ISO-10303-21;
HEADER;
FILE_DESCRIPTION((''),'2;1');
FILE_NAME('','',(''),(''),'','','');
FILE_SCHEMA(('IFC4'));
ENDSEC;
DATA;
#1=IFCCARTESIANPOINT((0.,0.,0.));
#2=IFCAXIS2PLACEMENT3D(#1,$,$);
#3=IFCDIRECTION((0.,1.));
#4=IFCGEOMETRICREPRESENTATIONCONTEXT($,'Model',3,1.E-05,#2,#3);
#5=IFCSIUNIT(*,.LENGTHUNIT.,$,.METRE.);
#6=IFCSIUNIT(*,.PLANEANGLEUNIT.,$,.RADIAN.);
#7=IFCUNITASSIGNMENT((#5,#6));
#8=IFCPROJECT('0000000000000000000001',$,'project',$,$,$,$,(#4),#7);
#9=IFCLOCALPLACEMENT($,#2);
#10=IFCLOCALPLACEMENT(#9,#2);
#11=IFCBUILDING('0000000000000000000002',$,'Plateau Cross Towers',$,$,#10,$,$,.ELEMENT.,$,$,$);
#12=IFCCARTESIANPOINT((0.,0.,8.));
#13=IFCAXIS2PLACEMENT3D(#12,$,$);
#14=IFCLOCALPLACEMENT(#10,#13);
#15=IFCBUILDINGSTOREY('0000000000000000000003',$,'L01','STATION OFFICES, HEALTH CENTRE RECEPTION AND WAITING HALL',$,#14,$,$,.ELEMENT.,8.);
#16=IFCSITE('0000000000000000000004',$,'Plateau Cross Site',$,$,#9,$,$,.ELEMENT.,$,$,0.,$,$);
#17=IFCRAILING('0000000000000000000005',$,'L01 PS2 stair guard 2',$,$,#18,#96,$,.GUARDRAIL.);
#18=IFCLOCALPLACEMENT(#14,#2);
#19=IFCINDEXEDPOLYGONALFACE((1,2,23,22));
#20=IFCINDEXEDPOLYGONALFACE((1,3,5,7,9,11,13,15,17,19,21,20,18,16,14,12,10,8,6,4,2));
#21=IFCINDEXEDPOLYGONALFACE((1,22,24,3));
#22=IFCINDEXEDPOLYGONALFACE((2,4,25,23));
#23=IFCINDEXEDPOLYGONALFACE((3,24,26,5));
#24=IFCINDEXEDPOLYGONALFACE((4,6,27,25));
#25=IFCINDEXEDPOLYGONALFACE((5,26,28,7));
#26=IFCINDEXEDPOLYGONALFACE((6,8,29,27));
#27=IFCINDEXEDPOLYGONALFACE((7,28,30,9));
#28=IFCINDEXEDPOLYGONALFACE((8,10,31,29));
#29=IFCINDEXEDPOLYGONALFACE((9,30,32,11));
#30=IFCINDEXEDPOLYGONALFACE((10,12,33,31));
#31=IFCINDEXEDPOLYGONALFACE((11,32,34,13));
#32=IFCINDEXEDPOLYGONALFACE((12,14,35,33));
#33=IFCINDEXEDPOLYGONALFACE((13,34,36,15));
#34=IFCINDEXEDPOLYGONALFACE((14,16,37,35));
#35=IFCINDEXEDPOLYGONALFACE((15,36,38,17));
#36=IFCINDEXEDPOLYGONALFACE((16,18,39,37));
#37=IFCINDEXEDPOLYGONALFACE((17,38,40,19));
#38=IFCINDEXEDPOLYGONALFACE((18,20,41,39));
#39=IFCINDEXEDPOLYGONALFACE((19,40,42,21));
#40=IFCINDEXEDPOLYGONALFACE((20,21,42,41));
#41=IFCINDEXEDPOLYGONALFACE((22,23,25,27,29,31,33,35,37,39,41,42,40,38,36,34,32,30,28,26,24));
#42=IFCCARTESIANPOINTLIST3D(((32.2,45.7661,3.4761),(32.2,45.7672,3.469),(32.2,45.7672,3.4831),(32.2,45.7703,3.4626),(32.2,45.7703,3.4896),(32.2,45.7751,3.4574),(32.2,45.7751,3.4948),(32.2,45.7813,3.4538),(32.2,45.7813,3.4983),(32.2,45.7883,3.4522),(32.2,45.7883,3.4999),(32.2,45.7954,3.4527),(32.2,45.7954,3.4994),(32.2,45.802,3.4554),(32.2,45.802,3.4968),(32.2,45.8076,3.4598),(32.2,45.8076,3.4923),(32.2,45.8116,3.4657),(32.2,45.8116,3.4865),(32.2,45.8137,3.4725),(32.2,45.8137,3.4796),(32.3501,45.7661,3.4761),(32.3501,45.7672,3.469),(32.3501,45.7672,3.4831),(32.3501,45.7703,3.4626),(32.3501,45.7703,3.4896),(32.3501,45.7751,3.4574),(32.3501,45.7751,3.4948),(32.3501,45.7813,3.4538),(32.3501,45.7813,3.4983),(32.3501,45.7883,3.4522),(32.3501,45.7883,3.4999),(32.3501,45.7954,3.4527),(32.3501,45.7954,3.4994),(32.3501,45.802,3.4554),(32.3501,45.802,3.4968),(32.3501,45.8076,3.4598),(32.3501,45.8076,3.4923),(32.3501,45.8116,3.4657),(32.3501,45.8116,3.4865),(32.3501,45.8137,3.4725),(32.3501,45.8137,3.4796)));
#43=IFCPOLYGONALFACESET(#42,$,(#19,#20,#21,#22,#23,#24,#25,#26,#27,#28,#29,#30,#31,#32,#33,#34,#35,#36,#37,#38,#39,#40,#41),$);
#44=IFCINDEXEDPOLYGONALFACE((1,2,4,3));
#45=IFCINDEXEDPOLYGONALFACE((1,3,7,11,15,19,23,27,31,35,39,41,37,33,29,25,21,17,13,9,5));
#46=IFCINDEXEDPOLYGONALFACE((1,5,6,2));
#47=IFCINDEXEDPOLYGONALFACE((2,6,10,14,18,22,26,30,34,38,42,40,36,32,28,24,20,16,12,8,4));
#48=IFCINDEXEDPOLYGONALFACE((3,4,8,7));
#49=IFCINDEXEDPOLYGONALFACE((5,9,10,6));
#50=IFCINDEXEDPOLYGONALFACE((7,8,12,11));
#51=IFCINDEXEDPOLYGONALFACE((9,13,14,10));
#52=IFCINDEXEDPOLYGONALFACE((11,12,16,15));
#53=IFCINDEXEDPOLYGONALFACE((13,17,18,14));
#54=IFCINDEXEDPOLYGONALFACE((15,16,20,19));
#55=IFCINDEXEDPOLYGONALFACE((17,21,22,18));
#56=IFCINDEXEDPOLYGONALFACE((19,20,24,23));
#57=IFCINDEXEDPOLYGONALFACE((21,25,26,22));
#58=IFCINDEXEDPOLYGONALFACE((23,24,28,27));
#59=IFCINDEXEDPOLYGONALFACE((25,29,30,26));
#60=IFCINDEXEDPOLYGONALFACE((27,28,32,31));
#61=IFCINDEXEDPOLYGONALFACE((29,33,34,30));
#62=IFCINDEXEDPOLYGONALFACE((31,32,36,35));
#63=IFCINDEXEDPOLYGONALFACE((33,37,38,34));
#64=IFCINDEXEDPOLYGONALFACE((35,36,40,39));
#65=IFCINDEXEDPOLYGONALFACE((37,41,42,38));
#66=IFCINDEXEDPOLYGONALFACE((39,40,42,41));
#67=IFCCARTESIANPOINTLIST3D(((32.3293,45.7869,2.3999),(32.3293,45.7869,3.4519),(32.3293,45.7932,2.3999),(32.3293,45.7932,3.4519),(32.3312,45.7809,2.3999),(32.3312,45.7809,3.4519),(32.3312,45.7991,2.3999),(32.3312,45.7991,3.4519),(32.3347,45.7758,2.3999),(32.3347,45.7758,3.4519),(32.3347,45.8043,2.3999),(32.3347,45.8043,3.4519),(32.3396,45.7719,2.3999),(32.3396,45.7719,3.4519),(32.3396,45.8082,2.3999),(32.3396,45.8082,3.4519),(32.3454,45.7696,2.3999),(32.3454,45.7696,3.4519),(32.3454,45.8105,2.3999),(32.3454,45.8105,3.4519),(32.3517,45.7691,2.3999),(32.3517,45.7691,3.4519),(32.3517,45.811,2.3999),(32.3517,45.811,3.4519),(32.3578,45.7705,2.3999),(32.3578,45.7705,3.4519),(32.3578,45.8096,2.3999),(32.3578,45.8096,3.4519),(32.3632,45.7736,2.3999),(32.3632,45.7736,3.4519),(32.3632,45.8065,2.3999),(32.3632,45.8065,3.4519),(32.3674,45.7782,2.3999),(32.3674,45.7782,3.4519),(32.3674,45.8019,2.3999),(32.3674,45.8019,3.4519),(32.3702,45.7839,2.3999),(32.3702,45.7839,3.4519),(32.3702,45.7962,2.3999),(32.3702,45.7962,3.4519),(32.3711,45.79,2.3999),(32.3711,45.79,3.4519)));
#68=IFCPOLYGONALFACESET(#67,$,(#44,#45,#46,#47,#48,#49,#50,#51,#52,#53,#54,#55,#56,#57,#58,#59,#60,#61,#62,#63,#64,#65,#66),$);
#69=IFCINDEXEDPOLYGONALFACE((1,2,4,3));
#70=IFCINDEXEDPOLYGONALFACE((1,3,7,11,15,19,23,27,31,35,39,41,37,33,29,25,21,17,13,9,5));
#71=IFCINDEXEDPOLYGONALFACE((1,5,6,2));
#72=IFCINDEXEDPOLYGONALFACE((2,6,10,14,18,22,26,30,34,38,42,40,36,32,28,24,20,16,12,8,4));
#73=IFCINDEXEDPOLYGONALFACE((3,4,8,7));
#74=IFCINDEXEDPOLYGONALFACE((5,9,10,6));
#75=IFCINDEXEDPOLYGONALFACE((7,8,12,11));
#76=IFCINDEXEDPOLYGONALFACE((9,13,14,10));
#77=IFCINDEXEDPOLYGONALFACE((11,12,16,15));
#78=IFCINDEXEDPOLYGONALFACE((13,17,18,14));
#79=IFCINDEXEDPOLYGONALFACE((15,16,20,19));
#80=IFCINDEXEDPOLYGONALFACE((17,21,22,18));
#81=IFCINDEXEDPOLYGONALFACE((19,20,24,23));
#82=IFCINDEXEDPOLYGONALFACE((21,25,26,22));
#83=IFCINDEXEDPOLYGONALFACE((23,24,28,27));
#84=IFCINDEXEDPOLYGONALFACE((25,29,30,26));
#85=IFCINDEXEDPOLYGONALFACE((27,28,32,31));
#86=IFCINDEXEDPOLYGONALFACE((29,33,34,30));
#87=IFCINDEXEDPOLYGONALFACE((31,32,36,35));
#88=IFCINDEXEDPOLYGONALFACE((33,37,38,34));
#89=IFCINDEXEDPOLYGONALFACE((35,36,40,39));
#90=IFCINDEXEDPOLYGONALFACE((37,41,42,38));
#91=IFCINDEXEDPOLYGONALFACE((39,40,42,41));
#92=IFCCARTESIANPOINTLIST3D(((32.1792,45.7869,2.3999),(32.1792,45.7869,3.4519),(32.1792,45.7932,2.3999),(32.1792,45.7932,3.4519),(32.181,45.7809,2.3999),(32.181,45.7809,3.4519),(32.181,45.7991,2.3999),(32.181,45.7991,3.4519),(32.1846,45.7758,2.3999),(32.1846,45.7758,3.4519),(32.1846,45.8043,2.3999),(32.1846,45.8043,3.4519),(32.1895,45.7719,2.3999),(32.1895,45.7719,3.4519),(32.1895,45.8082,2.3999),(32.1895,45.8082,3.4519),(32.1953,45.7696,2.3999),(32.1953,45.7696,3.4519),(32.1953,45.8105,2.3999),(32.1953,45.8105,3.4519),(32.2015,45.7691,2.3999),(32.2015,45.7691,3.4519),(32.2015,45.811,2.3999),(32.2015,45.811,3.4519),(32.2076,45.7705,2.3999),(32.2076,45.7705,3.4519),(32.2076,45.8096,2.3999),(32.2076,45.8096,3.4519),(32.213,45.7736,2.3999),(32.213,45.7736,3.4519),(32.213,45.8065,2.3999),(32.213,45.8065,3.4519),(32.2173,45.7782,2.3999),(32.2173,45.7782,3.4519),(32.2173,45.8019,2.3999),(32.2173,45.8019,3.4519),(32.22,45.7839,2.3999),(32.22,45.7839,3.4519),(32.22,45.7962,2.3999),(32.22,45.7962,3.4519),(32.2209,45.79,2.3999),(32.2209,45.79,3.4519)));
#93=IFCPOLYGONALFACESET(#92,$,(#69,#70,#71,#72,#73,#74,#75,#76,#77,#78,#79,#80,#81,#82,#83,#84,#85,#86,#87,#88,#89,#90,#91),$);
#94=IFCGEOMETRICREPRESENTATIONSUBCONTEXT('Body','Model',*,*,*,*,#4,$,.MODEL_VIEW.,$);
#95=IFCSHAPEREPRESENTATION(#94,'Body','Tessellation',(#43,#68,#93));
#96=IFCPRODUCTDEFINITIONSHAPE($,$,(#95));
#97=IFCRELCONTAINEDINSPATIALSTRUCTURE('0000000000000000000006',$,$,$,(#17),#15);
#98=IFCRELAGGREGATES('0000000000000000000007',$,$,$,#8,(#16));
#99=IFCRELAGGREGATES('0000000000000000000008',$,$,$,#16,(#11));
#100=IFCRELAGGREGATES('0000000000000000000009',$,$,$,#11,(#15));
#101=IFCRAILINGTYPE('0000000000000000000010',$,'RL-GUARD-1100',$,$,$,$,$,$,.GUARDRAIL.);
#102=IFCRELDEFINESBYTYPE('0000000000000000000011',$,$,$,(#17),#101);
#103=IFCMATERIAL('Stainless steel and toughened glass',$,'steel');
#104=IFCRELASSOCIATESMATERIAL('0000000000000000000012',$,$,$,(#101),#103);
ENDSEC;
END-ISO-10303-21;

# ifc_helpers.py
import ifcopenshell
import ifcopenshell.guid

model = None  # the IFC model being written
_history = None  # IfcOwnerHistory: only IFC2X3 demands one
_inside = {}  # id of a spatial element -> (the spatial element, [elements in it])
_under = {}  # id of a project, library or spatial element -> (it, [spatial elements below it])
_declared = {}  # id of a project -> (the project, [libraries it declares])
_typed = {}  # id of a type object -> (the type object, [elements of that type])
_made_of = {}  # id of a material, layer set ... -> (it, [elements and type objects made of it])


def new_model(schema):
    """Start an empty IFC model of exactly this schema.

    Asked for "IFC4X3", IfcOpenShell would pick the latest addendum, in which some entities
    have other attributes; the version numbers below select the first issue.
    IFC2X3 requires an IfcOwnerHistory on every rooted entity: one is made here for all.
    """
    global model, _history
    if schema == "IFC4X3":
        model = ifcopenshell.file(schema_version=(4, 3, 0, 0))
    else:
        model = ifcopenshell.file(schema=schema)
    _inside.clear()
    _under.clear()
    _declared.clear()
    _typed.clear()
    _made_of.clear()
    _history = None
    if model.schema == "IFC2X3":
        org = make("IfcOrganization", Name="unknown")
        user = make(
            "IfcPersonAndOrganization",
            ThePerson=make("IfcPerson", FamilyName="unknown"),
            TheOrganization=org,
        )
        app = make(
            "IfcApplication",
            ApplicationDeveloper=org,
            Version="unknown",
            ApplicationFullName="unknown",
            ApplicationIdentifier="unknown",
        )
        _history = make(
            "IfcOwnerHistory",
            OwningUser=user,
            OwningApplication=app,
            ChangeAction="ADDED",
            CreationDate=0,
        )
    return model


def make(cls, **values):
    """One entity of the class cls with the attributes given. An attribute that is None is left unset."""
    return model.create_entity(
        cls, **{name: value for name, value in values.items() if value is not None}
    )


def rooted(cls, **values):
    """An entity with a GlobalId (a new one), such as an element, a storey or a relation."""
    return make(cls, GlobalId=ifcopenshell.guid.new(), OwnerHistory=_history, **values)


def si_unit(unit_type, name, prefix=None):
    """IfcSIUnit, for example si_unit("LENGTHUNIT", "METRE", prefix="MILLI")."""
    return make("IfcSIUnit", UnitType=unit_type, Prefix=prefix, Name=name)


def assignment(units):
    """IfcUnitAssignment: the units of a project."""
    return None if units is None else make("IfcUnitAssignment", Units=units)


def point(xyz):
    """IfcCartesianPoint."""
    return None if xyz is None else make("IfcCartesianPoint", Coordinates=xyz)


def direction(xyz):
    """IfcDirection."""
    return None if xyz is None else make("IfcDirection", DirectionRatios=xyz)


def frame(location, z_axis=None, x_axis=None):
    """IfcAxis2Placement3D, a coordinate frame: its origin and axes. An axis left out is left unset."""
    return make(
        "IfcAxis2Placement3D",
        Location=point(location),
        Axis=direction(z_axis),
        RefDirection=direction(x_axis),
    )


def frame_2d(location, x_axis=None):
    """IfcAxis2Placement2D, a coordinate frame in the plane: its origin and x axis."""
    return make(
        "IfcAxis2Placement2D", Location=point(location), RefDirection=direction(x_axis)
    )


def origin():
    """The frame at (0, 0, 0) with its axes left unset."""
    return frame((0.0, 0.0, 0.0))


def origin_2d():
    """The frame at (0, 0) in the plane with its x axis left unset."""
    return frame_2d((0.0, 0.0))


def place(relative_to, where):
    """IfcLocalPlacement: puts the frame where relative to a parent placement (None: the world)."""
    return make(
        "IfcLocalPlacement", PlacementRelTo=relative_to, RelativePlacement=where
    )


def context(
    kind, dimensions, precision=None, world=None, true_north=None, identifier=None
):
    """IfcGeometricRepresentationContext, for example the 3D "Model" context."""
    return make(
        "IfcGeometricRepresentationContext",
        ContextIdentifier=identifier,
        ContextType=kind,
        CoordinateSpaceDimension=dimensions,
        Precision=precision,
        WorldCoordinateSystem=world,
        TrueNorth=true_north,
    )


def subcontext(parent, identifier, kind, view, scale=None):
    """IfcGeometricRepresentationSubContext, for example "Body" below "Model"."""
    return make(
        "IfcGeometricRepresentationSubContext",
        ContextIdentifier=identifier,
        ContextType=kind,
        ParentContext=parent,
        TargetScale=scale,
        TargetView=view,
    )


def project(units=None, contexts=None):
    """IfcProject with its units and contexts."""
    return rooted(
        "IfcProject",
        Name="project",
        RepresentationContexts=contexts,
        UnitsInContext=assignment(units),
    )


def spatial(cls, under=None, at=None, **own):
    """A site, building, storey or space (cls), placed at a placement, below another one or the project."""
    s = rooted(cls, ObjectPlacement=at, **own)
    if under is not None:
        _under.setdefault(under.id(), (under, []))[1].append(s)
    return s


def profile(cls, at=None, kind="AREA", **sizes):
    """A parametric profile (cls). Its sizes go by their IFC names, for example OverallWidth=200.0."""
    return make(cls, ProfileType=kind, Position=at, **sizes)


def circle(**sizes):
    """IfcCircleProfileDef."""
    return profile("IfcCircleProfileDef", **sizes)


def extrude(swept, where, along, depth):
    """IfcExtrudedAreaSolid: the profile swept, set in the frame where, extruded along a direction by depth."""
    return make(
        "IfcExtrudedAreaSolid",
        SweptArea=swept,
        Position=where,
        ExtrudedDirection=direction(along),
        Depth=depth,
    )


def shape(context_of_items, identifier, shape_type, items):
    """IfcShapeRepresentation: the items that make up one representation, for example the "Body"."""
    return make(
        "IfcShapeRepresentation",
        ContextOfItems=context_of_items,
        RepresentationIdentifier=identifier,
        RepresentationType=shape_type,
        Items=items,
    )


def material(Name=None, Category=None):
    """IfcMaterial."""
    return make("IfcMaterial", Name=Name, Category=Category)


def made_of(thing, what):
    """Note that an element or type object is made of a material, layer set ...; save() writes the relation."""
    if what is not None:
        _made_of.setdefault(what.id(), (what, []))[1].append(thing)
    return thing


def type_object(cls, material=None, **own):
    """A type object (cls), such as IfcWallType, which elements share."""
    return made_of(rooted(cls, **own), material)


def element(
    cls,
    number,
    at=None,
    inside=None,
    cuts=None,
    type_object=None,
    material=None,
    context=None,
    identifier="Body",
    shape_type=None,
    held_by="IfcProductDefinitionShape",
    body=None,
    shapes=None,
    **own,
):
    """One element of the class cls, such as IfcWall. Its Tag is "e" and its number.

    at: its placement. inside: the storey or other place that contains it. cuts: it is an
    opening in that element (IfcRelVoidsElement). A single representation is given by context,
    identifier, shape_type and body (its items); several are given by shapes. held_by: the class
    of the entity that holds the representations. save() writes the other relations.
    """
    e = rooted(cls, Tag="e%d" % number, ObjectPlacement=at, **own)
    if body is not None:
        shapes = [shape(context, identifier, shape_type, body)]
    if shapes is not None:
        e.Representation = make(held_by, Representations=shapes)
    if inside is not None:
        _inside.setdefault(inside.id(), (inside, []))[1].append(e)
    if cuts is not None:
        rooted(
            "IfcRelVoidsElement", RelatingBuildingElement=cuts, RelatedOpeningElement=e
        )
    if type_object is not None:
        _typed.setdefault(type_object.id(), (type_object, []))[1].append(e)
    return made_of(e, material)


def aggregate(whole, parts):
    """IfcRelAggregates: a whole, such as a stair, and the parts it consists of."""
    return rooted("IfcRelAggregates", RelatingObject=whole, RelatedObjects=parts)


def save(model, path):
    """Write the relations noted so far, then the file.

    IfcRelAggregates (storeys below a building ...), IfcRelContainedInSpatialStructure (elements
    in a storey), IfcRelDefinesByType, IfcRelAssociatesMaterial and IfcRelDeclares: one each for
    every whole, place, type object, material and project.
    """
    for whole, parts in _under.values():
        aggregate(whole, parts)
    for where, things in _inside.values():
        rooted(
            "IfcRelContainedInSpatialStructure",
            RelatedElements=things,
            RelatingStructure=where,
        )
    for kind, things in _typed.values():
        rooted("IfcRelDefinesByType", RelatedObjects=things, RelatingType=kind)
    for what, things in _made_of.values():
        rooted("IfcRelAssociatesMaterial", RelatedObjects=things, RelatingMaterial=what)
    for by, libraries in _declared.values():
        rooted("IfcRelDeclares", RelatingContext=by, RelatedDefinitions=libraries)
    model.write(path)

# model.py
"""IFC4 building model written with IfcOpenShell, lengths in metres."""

from ifc_helpers import new_model, si_unit, direction, frame, origin, origin_2d, place, context, subcontext, project, spatial, circle, extrude, material, type_object, element, save


model = new_model("IFC4")

# Units and contexts
model_context = context("Model", 3, precision=1e-05, world=origin(), true_north=direction((0.0, 1.0)))
body_context = subcontext(model_context, "Body", "Model", "MODEL_VIEW")
ifc_project = project(units=[si_unit("LENGTHUNIT", "METRE"), si_unit("PLANEANGLEUNIT", "RADIAN")], contexts=[model_context])

# Site, building, storey
site_placement = place(None, origin())
site = spatial("IfcSite", under=ifc_project, at=site_placement, Name="Plateau Cross Site", CompositionType="ELEMENT", RefElevation=0.0)
building_placement = place(site_placement, origin())
building = spatial("IfcBuilding", under=site, at=building_placement, Name="Plateau Cross Towers", CompositionType="ELEMENT")
storey_placement = place(building_placement, frame((0.0, 0.0, 8.0)))
storey = spatial("IfcBuildingStorey", under=building, at=storey_placement, Name="L01", Description="STATION OFFICES, HEALTH CENTRE RECEPTION AND WAITING HALL", CompositionType="ELEMENT", Elevation=8.0)

# Railing
ifc_material_1 = material(Name="Stainless steel and toughened glass", Category="steel")
railing_type_1 = type_object("IfcRailingType", Name="RL-GUARD-1100", PredefinedType="GUARDRAIL", material=ifc_material_1)
railing_1_placement = place(storey_placement, frame((32.3501, 45.79, 2.3999)))
element("IfcRailing", 1, at=railing_1_placement, inside=storey, type_object=railing_type_1, Name="L01 PS2 stair guard 2", PredefinedType="GUARDRAIL", context=body_context, shape_type="SweptSolid", body=[
    extrude(circle(Radius=0.0239, at=origin_2d()), frame((0.0, 0.0, 1.0762), z_axis=(-1.0, 0.0, 0.0), x_axis=(0.0, -1.0, 0.0)), (0.0, 0.0, 1.0), 0.1501),
    extrude(circle(Radius=0.021, at=origin_2d()), origin(), (0.0, 0.0, 1.0), 1.052),
    extrude(circle(Radius=0.021, at=origin_2d()), frame((-0.1501, 0.0, 0.0)), (0.0, 0.0, 1.0), 1.052),
])

save(model, "model.ifc")
